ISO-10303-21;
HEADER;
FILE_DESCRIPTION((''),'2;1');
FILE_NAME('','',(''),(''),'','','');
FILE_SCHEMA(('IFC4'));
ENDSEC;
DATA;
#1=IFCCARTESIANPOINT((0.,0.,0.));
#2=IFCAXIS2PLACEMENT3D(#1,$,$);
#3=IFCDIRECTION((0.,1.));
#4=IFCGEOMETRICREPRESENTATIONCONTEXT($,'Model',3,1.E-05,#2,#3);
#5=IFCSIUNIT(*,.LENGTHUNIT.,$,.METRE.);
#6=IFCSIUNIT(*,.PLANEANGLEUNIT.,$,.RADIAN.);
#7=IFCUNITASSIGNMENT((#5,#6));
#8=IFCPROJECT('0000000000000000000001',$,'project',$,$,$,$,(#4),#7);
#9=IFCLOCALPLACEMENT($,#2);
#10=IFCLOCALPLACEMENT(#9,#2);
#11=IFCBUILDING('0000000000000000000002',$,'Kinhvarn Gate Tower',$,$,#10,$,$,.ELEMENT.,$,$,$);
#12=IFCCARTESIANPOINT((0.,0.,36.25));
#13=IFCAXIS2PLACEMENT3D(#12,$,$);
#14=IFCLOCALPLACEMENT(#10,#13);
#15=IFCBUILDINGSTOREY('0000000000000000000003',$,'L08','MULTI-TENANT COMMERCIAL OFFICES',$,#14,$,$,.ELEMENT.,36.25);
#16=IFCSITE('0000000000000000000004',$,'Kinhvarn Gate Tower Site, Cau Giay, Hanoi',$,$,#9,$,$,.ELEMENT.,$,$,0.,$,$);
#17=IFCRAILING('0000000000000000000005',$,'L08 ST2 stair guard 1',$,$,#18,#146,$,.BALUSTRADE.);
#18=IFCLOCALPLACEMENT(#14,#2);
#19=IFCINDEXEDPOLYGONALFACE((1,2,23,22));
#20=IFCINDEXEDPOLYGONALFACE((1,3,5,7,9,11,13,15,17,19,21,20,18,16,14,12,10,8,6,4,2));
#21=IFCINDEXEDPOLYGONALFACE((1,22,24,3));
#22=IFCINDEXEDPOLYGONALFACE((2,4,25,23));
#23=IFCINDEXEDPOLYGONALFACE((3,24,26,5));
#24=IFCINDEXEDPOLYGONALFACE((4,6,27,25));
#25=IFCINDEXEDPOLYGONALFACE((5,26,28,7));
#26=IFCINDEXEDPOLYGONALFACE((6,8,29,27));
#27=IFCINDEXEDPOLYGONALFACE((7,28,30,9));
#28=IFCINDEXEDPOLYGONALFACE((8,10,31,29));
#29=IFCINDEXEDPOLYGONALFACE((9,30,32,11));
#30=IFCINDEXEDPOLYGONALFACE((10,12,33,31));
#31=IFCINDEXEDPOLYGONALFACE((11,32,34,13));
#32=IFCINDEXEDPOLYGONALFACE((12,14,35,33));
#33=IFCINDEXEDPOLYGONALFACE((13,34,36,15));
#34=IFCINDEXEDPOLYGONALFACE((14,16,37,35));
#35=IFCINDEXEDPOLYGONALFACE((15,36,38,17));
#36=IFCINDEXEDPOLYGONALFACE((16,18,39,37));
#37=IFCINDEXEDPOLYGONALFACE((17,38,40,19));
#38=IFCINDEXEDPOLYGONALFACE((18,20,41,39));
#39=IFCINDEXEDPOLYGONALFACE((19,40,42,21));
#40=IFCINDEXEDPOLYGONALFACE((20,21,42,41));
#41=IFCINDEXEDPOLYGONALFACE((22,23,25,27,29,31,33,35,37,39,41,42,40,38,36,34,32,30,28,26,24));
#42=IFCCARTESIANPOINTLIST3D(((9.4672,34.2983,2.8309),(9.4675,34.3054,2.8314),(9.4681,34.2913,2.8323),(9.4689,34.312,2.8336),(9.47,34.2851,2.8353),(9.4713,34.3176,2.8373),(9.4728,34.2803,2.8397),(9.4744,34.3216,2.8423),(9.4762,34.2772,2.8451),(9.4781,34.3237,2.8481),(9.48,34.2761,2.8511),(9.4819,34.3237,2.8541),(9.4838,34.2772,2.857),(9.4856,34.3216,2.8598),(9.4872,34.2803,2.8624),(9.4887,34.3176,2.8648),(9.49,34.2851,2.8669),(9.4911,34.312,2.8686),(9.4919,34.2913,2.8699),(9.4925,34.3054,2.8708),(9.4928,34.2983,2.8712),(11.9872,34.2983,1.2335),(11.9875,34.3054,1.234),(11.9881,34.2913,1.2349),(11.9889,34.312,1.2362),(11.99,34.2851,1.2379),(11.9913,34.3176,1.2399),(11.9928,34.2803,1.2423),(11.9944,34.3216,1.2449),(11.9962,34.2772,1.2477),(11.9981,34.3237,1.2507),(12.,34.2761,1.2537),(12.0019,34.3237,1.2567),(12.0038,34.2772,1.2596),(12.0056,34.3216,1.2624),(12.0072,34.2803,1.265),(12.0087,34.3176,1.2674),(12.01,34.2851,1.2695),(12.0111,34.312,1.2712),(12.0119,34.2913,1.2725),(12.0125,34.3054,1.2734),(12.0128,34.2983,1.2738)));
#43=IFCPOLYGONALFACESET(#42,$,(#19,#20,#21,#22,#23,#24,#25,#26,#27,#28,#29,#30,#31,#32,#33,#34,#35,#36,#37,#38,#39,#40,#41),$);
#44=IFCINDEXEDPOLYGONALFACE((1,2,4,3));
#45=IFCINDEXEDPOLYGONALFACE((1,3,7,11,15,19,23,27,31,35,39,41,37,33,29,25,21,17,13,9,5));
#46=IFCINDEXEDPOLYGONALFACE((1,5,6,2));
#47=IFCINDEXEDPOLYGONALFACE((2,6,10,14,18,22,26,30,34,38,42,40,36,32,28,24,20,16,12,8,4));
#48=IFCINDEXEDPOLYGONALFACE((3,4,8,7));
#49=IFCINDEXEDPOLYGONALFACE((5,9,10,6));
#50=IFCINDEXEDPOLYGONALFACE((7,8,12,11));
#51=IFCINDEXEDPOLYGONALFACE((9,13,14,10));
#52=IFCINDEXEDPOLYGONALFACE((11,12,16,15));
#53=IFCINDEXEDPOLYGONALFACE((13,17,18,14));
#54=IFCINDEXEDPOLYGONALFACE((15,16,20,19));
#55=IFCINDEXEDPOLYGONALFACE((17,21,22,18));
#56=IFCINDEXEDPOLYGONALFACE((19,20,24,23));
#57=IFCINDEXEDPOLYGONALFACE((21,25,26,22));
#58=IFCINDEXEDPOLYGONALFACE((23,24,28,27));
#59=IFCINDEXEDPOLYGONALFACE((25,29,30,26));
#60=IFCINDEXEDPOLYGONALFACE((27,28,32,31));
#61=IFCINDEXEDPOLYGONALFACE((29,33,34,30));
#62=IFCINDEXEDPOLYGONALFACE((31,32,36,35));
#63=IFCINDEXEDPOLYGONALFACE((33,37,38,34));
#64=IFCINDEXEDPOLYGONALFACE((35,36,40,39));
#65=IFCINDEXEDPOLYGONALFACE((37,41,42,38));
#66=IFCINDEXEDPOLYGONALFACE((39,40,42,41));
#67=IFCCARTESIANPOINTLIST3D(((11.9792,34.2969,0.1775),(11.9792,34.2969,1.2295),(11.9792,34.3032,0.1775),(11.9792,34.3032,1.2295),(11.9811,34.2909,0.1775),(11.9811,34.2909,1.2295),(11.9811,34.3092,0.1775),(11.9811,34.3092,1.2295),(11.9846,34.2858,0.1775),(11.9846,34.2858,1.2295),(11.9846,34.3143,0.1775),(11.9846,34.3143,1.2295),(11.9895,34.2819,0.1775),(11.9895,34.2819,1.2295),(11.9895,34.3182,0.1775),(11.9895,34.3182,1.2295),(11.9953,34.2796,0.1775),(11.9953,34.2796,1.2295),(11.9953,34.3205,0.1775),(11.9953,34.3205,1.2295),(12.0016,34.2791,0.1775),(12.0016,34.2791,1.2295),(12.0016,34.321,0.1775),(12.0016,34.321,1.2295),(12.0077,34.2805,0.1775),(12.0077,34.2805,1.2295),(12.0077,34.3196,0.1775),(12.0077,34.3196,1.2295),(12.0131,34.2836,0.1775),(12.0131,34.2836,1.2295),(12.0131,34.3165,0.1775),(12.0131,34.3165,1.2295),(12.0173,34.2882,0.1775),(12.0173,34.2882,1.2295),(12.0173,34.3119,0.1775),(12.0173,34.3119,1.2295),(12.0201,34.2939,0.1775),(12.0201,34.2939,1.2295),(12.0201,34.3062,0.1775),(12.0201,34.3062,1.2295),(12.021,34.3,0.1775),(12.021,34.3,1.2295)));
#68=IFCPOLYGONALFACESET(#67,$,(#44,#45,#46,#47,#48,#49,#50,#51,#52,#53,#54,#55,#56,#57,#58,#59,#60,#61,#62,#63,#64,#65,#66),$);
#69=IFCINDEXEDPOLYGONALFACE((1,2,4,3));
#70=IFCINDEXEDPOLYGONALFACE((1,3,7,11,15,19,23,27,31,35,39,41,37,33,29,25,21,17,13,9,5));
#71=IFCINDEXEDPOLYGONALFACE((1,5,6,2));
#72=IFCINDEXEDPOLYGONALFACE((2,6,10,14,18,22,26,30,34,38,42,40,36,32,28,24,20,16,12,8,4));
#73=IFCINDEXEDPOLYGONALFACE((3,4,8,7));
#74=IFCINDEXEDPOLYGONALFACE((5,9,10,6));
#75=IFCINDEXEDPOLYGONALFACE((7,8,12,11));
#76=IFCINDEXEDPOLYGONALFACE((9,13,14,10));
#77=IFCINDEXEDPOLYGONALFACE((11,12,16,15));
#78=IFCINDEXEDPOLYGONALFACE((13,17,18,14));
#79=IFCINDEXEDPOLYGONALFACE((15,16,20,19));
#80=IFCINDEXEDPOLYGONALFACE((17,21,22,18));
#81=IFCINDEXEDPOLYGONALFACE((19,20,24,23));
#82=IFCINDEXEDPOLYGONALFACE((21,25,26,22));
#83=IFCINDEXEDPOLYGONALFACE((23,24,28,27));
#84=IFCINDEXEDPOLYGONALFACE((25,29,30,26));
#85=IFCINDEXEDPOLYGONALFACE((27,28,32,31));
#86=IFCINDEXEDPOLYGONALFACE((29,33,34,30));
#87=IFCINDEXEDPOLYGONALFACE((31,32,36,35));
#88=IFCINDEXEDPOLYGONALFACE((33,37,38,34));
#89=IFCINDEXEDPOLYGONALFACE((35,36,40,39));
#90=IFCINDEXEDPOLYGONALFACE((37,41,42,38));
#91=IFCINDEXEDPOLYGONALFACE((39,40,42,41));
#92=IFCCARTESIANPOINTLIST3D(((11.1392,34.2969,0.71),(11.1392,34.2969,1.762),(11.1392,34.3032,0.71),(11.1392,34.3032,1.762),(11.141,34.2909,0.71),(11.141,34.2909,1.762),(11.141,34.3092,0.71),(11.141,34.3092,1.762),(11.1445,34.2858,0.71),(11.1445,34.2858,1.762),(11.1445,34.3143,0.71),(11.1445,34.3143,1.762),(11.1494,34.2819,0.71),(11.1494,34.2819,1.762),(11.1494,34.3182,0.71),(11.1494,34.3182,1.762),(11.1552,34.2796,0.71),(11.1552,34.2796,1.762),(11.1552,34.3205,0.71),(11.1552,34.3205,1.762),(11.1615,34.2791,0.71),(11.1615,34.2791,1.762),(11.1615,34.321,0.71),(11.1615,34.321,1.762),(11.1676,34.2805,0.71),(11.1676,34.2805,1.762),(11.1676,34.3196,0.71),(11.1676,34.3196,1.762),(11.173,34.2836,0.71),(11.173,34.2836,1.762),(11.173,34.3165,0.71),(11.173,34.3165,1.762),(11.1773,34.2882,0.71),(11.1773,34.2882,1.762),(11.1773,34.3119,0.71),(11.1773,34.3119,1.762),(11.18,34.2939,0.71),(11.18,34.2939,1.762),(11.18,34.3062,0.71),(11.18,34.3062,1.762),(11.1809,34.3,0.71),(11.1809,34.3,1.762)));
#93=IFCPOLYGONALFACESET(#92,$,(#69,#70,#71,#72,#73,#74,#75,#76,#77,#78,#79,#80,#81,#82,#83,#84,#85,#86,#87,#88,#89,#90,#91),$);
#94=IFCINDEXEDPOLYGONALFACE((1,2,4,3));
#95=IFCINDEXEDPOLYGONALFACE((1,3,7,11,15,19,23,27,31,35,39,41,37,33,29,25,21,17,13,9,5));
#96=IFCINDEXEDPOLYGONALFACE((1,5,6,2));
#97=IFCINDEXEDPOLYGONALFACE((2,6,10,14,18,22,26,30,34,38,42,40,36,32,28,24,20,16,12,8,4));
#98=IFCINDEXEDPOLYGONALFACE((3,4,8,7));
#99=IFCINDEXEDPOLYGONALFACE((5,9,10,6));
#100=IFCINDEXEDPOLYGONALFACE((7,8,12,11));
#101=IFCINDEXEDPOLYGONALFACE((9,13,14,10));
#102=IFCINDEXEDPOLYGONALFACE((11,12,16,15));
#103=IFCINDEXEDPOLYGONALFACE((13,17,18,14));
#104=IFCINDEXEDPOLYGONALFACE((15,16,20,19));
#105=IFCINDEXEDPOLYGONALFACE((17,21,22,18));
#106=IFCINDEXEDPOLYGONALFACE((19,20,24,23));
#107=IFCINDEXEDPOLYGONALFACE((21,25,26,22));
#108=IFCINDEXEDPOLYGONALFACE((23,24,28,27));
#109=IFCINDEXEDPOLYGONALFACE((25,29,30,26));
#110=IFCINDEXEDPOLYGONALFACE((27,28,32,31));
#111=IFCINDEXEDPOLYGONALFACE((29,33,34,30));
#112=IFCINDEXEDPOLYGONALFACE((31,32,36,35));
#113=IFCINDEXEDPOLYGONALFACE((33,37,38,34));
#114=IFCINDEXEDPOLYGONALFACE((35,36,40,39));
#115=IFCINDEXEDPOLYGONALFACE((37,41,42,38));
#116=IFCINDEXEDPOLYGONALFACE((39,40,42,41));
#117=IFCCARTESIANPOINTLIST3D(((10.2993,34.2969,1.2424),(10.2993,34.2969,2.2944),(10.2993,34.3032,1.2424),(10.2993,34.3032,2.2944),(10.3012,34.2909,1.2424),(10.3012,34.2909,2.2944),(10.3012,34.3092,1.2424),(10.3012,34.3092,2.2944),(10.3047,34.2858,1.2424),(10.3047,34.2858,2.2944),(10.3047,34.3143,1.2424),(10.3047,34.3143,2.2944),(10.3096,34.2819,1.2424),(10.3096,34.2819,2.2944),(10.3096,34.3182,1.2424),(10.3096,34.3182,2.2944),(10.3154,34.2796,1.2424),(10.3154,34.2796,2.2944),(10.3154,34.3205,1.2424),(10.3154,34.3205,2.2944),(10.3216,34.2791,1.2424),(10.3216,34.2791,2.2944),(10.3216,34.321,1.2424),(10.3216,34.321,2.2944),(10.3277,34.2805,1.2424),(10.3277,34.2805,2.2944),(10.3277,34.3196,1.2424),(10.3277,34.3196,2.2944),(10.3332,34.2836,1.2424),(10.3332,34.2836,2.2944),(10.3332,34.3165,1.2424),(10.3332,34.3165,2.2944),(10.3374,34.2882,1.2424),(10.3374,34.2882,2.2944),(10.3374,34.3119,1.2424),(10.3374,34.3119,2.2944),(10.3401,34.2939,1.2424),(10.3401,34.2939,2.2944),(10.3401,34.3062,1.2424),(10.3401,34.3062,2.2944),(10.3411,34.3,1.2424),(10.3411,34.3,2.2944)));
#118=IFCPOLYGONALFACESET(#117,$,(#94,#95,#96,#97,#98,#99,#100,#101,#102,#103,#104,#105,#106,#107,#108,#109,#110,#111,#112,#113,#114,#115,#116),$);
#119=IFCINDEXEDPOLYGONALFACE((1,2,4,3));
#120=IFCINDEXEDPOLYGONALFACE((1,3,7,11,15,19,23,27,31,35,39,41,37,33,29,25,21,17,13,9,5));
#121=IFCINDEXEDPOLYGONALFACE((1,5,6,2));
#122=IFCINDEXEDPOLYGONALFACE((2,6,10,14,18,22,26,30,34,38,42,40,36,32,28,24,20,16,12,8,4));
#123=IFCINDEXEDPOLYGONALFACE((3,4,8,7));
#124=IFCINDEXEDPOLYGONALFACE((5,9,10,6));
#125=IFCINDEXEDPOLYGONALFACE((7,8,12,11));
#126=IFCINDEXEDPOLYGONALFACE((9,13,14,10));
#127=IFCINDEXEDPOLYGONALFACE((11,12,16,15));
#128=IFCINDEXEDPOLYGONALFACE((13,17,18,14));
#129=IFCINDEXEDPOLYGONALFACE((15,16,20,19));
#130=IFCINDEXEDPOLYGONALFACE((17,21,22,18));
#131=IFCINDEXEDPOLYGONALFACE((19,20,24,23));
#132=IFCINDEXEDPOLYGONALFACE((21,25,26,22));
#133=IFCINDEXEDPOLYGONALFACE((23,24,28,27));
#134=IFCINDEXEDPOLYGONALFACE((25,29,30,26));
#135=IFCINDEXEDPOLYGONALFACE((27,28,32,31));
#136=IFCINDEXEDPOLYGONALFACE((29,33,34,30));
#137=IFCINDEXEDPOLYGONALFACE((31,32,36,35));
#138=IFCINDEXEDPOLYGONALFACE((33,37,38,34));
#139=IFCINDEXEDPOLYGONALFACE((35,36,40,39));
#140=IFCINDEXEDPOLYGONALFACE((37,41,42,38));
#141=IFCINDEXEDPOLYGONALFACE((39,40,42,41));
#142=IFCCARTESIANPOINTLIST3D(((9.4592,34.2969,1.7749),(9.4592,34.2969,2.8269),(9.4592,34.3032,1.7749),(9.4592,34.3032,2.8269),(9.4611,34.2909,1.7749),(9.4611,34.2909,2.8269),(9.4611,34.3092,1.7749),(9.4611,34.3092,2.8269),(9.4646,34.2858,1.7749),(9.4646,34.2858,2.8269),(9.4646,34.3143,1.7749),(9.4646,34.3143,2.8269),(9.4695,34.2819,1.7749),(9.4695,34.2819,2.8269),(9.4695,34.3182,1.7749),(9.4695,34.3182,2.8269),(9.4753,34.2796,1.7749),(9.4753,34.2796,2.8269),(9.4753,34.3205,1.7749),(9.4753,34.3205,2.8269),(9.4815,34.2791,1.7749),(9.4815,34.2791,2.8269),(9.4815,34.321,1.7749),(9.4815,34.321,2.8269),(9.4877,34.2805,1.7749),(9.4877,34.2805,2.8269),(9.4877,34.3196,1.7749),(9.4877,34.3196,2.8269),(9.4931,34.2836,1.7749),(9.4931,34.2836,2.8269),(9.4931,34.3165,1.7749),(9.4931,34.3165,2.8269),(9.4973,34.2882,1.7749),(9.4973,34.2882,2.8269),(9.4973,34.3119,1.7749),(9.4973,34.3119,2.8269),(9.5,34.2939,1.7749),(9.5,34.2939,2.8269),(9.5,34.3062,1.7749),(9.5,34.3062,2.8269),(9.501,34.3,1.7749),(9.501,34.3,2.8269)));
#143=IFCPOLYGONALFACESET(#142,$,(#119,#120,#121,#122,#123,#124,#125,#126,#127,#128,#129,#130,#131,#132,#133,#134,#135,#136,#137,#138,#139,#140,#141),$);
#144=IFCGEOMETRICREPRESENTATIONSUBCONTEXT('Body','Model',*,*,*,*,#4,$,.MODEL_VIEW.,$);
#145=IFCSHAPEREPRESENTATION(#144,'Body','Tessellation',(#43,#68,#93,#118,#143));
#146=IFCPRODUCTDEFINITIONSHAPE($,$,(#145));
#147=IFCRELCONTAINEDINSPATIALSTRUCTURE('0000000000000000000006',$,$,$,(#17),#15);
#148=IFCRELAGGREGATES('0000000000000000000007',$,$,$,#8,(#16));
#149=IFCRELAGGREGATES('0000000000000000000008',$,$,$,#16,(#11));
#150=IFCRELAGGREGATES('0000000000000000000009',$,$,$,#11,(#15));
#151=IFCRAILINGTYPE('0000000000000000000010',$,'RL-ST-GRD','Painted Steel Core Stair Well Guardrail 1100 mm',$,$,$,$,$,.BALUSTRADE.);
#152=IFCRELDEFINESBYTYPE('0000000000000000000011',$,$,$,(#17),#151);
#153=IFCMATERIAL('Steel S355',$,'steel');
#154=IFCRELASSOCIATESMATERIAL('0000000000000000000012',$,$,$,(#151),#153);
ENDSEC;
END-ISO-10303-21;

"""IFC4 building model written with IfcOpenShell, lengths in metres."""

from ifc_helpers import new_model, si_unit, direction, frame, origin, origin_2d, place, context, subcontext, project, spatial, circle, extrude, material, type_object, element, save


model = new_model("IFC4")

# Units and contexts
model_context = context("Model", 3, precision=1e-05, world=origin(), true_north=direction((0.0, 1.0)))
body_context = subcontext(model_context, "Body", "Model", "MODEL_VIEW")
ifc_project = project(units=[si_unit("LENGTHUNIT", "METRE"), si_unit("PLANEANGLEUNIT", "RADIAN")], contexts=[model_context])

# Site, building, storey
site_placement = place(None, origin())
site = spatial("IfcSite", under=ifc_project, at=site_placement, Name="Kinhvarn Gate Tower Site, Cau Giay, Hanoi", CompositionType="ELEMENT", RefElevation=0.0)
building_placement = place(site_placement, origin())
building = spatial("IfcBuilding", under=site, at=building_placement, Name="Kinhvarn Gate Tower", CompositionType="ELEMENT")
storey_placement = place(building_placement, frame((0.0, 0.0, 36.25)))
storey = spatial("IfcBuildingStorey", under=building, at=storey_placement, Name="L08", Description="MULTI-TENANT COMMERCIAL OFFICES", CompositionType="ELEMENT", Elevation=36.25)

# Shared definitions
ifc_material_1 = material(Name="Steel S355", Category="steel")

# Railing
railing_type_1 = type_object("IfcRailingType", Name="RL-ST-GRD", Description="Painted Steel Core Stair Well Guardrail 1100 mm", PredefinedType="BALUSTRADE", material=ifc_material_1)
railing_1_placement = place(storey_placement, frame((12.0, 34.3, 0.1775)))
element("IfcRailing", 1, at=railing_1_placement, inside=storey, type_object=railing_type_1, Name="L08 ST2 stair guard 1", PredefinedType="BALUSTRADE", context=body_context, shape_type="SweptSolid", body=[
    extrude(circle(Radius=0.0239, at=origin_2d()), frame((0.0, 0.0, 1.0762), z_axis=(-0.844607, 0.0, 0.535387), x_axis=(0.0, -1.0, 0.0)), (0.0, 0.0, 1.0), 2.9836),
    extrude(circle(Radius=0.021, at=origin_2d()), origin(), (0.0, 0.0, 1.0), 1.052),
    extrude(circle(Radius=0.021, at=origin_2d()), frame((-0.8401, 0.0, 0.5325)), (0.0, 0.0, 1.0), 1.052),
    extrude(circle(Radius=0.021, at=origin_2d()), frame((-1.6799, 0.0, 1.0649)), (0.0, 0.0, 1.0), 1.052),
    extrude(circle(Radius=0.021, at=origin_2d()), frame((-2.52, 0.0, 1.5974)), (0.0, 0.0, 1.0), 1.052),
])

save(model, "model.ifc")
